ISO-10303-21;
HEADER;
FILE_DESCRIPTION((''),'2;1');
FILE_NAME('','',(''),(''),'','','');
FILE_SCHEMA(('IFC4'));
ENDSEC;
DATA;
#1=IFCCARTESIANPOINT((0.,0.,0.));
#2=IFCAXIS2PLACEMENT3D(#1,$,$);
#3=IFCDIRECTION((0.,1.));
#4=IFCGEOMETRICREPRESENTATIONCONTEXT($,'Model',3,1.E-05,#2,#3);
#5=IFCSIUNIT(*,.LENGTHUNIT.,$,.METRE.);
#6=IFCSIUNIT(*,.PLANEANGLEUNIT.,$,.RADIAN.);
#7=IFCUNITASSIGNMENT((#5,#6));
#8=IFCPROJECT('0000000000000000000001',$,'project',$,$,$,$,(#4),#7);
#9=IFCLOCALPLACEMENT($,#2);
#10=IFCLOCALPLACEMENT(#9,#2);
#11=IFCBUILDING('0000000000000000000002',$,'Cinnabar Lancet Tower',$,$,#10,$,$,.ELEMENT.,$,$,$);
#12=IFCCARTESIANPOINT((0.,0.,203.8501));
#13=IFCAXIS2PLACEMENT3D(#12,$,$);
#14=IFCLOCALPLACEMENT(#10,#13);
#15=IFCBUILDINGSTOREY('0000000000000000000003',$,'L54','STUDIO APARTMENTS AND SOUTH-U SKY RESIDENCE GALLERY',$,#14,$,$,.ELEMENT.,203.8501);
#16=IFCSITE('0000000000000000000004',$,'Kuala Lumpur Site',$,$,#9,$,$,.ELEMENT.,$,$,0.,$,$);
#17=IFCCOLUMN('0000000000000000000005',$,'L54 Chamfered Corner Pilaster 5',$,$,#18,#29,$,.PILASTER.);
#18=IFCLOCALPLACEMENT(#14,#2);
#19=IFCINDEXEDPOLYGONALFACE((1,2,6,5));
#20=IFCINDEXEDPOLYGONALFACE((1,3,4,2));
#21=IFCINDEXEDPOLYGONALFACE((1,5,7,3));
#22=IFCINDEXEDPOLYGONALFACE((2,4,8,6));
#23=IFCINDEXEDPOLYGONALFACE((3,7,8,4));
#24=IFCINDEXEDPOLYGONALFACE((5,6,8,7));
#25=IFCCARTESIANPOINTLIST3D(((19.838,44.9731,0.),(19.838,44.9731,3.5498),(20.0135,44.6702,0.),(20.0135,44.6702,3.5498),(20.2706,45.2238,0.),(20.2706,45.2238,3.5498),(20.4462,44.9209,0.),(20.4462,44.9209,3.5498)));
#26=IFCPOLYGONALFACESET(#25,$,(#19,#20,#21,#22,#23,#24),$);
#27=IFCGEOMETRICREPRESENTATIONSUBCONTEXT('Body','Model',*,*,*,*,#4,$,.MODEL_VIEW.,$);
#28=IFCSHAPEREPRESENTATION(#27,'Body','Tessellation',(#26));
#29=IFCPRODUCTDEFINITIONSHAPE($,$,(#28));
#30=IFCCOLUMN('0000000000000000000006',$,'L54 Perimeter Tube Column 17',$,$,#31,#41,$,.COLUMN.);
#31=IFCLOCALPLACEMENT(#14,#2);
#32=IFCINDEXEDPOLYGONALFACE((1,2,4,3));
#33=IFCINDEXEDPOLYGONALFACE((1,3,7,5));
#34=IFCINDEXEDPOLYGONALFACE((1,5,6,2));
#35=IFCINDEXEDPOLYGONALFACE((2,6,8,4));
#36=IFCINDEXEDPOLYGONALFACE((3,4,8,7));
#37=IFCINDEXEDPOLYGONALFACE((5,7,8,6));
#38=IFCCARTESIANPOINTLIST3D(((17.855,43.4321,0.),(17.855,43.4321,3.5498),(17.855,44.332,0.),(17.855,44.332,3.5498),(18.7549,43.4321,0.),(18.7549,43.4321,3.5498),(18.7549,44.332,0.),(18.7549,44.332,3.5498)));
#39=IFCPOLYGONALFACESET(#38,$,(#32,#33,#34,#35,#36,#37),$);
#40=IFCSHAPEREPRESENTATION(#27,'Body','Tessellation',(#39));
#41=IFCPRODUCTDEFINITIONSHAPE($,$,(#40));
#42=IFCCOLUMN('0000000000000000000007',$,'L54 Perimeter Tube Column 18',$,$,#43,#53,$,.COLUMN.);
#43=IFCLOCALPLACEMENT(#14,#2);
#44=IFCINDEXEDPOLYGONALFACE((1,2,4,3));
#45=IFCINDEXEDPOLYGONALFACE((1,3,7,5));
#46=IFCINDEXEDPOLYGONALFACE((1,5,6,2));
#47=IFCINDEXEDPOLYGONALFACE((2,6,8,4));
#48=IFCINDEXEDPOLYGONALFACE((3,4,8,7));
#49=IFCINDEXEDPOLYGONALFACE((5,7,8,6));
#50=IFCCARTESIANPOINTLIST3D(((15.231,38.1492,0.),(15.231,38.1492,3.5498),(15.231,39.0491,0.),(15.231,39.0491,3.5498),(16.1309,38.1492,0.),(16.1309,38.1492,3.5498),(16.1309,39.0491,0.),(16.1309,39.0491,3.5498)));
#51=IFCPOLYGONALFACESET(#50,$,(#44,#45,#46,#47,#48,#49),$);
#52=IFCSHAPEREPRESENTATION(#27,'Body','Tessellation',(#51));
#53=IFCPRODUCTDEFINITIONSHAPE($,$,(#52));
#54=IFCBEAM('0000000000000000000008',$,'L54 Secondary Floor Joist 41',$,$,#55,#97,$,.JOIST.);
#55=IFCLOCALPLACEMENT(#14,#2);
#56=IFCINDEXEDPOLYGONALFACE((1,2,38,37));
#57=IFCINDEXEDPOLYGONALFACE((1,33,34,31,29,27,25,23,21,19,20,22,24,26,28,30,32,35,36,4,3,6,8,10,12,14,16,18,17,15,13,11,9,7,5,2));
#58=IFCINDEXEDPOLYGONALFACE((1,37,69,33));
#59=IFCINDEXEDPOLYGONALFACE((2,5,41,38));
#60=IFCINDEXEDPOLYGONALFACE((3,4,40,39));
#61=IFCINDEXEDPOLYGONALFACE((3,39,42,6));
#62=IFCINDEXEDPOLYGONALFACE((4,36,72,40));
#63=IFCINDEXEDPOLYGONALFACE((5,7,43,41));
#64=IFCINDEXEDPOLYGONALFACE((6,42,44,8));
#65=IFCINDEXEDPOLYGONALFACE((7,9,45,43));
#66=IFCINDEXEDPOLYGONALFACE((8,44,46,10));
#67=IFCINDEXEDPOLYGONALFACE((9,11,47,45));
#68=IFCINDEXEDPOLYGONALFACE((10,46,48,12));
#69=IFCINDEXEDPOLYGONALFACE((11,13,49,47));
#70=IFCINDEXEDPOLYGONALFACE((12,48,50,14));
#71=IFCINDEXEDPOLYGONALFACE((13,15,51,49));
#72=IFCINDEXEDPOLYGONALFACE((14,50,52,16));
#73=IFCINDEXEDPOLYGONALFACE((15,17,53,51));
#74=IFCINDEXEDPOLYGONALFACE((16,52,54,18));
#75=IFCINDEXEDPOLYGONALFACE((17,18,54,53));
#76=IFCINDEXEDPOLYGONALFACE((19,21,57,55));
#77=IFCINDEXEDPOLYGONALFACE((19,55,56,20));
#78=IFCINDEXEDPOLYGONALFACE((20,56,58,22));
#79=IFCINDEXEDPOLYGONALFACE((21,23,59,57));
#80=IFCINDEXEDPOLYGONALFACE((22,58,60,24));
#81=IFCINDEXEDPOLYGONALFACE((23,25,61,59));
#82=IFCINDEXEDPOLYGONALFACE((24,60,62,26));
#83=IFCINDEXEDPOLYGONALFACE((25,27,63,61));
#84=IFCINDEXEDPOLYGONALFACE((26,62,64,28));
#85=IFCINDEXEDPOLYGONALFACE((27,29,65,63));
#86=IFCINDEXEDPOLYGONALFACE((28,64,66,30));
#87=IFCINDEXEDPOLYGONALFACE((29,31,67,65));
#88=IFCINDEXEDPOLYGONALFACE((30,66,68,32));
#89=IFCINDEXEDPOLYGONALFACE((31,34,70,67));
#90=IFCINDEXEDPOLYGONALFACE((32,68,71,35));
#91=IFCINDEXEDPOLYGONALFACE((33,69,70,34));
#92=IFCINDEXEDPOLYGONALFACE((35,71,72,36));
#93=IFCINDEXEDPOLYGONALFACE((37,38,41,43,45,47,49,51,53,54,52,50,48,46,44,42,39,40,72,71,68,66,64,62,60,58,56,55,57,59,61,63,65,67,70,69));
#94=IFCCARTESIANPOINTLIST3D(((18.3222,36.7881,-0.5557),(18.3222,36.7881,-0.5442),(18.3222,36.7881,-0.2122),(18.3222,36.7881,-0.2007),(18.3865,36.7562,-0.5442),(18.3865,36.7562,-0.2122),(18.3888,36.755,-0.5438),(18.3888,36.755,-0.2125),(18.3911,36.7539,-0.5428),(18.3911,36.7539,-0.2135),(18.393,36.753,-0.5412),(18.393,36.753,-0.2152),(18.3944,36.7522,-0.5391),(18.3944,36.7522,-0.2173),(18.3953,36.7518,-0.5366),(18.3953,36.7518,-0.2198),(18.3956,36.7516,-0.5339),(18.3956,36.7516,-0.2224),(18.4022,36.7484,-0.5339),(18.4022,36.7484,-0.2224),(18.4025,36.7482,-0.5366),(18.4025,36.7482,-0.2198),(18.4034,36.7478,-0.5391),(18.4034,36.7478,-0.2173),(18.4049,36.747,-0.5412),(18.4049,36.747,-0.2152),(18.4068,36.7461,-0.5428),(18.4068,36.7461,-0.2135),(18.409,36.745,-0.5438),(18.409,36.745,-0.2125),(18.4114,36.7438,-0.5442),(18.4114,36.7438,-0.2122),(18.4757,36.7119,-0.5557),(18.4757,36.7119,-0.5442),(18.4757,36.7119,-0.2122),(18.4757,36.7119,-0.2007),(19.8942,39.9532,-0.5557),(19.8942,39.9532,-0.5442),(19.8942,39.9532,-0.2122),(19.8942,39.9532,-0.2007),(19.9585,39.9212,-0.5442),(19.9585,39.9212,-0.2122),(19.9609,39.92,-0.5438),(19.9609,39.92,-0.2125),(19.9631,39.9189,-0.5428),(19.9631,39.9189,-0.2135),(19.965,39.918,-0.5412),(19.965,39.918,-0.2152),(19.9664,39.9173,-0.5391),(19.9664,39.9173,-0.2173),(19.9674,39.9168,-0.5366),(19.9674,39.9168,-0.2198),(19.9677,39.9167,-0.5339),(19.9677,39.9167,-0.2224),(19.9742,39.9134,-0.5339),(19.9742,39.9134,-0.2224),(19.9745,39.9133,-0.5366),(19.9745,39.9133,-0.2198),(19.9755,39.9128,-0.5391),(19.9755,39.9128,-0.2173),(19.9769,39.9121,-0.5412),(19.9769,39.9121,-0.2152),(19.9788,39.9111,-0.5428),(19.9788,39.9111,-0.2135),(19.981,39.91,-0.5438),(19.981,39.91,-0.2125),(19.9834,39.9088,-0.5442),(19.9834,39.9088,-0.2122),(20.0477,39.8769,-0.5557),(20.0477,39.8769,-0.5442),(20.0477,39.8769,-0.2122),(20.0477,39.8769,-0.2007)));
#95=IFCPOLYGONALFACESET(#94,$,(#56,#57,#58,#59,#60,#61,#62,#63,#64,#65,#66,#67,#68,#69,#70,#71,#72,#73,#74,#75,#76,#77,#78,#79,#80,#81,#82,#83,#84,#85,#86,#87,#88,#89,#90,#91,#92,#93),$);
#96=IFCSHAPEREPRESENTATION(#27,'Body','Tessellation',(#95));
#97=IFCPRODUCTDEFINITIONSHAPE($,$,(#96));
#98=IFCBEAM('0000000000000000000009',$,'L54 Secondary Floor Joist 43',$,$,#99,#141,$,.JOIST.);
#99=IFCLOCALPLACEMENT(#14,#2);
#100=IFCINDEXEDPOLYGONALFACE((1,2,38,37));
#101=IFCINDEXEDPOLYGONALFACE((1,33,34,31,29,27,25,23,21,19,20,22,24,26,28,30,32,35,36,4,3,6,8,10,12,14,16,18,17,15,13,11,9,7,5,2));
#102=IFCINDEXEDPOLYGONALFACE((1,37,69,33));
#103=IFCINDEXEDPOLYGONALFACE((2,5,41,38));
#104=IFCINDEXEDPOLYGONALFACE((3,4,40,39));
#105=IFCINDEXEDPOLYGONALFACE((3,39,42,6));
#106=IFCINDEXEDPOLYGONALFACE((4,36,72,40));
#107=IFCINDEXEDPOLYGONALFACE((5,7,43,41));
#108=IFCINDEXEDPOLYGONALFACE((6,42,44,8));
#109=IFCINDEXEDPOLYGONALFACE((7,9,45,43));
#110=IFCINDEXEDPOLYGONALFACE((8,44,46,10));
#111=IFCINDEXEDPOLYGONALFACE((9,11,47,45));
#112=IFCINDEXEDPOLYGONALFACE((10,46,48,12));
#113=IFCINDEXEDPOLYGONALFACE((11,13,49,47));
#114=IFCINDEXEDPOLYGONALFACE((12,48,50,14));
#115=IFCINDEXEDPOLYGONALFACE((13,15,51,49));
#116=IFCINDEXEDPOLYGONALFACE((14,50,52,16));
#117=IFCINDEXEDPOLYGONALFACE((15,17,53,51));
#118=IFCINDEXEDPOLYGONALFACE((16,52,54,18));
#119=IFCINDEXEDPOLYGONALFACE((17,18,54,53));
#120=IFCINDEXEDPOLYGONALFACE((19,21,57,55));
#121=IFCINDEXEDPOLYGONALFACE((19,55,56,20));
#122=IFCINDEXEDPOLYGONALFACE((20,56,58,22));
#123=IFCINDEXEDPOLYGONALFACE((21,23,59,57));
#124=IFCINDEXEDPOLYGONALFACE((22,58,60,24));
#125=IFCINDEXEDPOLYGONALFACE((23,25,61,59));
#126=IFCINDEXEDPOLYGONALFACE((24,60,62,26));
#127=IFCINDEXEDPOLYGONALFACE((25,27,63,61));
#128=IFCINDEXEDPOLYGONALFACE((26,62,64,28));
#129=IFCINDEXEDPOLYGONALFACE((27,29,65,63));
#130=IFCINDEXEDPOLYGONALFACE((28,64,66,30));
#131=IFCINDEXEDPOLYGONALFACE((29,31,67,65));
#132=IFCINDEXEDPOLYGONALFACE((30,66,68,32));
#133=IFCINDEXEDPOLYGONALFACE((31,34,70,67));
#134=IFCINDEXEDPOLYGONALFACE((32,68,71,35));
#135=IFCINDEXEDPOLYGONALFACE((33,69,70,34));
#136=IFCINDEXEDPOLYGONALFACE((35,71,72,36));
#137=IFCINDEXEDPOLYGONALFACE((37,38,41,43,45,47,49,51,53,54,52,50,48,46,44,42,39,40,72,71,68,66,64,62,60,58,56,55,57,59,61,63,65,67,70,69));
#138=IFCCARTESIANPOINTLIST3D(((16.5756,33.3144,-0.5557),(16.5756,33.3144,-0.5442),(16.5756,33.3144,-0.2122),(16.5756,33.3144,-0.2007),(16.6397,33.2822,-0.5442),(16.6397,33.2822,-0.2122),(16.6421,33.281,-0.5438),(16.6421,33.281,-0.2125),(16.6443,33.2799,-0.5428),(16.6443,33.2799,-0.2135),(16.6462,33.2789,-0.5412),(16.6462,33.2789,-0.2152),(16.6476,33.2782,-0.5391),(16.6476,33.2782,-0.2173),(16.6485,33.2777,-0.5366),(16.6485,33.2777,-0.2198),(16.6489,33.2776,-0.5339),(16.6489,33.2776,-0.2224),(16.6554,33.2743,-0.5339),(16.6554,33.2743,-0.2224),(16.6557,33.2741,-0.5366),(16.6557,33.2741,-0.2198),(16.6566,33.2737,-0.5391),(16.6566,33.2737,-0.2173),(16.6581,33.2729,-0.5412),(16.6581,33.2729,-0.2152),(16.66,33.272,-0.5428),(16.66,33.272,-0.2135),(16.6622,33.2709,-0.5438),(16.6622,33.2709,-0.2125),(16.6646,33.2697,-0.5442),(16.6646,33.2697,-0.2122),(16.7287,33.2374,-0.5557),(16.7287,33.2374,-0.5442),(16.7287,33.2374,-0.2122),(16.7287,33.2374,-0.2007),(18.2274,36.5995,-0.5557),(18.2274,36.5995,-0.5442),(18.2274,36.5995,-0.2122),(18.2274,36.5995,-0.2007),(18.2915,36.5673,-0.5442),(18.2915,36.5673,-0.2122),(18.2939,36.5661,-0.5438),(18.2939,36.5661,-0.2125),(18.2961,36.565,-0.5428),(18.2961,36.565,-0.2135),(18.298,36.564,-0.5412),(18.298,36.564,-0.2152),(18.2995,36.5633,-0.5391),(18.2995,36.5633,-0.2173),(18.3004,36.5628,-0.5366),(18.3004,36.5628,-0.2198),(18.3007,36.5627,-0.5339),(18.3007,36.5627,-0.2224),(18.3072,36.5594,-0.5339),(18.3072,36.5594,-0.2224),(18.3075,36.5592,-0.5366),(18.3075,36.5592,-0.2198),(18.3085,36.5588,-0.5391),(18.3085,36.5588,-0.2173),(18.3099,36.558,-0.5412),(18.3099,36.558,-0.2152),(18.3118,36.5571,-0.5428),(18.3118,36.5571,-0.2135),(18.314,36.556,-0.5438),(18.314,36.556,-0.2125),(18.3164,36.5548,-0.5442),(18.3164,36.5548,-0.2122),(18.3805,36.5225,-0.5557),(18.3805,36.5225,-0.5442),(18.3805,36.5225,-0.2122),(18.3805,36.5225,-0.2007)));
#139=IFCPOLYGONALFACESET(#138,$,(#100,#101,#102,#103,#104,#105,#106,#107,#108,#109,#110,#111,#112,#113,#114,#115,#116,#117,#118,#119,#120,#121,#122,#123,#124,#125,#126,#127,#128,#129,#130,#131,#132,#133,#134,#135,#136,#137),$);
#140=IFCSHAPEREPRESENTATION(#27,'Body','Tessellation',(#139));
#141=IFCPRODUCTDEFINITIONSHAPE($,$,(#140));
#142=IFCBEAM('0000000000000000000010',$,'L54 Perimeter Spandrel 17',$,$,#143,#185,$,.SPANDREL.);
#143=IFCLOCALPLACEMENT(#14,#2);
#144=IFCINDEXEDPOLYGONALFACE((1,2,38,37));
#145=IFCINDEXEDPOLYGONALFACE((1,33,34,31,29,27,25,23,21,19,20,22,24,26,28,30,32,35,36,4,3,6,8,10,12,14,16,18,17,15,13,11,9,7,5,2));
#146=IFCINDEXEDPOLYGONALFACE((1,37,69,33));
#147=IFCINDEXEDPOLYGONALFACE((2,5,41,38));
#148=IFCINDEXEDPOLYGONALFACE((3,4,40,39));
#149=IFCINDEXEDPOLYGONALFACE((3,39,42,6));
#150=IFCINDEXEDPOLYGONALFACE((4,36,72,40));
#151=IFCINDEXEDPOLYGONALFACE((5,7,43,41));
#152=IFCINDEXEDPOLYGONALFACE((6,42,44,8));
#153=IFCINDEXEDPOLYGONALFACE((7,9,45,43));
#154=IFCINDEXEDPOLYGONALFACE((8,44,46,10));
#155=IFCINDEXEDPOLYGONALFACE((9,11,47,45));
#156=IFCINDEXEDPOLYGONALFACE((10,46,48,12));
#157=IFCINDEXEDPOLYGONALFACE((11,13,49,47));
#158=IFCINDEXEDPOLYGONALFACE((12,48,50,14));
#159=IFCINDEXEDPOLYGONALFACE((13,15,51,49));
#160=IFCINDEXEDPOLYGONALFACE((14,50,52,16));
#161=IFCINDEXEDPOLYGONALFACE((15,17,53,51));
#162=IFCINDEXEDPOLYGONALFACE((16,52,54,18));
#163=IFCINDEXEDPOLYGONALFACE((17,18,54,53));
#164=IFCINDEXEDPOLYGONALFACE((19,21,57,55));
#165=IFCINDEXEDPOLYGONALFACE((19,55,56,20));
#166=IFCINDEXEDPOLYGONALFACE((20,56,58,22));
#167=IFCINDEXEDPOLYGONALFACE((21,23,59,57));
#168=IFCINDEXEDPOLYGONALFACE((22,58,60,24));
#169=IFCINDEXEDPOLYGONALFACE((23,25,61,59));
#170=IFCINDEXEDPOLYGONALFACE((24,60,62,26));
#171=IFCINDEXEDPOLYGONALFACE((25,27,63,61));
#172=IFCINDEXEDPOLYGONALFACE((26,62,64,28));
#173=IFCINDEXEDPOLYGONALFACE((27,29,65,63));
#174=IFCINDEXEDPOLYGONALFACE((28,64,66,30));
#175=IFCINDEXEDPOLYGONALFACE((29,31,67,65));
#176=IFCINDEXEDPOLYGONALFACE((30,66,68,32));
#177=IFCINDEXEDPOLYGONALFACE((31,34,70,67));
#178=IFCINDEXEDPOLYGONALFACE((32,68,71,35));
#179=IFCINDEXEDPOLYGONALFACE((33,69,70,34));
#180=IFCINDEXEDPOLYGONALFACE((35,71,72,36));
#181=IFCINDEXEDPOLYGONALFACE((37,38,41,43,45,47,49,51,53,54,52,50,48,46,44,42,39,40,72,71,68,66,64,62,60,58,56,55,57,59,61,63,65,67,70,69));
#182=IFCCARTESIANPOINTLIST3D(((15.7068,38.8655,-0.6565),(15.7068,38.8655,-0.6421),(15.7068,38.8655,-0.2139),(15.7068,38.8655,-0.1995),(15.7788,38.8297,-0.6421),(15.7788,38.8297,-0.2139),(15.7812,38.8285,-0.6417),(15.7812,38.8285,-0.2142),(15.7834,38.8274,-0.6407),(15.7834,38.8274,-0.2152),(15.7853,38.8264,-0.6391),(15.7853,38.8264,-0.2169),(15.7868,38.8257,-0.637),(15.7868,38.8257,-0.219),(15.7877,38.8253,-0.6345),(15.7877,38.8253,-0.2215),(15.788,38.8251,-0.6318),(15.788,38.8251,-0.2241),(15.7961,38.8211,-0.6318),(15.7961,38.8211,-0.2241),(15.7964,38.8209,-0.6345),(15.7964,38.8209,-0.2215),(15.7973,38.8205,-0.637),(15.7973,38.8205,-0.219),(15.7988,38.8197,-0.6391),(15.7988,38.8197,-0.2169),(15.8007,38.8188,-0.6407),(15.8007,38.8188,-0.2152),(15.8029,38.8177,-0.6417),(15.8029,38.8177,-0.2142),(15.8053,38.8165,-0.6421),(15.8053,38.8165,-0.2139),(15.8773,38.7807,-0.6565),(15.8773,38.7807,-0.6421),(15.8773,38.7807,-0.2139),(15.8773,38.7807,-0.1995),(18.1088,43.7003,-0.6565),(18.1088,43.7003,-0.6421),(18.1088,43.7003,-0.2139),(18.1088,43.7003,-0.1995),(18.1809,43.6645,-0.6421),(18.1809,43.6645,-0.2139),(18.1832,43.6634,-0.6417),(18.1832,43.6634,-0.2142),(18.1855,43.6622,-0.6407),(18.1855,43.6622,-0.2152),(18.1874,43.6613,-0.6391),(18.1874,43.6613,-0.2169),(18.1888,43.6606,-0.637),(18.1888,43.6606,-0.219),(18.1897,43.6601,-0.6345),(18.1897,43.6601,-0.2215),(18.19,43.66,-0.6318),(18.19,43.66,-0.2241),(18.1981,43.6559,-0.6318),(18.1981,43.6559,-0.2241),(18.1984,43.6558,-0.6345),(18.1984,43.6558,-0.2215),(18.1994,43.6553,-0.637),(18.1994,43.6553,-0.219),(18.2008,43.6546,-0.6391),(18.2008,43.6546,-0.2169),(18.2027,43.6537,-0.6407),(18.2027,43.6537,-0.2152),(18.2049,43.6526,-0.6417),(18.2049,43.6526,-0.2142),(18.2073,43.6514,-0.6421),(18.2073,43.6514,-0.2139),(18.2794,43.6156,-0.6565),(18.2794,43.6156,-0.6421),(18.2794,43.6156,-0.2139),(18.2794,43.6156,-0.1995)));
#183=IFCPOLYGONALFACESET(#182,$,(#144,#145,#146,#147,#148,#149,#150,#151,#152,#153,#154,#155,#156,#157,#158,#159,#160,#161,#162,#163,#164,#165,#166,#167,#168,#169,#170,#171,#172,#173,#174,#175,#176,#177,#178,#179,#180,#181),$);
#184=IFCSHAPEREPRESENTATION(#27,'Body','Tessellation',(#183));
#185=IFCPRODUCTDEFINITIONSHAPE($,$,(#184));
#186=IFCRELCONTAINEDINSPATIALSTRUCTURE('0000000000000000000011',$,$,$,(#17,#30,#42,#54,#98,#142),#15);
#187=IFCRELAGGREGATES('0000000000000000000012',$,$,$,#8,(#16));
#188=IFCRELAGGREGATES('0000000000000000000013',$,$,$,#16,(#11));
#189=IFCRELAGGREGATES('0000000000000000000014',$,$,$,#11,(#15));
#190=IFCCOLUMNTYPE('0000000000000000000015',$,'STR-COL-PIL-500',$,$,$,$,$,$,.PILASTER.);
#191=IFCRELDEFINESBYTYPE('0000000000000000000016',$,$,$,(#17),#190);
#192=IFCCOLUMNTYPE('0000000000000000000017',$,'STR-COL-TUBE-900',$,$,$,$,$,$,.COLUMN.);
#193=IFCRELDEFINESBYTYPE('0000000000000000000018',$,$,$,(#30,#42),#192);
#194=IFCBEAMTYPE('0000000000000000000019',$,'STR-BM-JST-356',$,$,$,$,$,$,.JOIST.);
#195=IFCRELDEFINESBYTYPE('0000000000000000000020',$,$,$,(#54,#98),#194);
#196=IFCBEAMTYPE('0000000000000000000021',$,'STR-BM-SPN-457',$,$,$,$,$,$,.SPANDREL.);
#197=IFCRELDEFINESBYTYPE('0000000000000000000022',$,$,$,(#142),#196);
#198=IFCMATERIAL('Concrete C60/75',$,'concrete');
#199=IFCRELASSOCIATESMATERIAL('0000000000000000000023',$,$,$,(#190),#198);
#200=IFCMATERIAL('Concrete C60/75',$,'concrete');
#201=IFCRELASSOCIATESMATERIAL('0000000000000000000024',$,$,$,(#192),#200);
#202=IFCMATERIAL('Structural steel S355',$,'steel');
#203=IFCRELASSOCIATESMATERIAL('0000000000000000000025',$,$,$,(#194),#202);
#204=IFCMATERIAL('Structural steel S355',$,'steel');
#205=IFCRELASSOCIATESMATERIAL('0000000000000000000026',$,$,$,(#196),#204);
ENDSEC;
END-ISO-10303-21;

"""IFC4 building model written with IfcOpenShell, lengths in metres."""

from ifc_helpers import new_model, si_unit, direction, frame, origin, origin_2d, place, context, subcontext, project, spatial, rectangle, i_section, extrude, material, material_profile, profile_set, type_object, element, save


model = new_model("IFC4")

# Units and contexts
model_context = context("Model", 3, precision=1e-05, world=origin(), true_north=direction((0.0, 1.0)))
body_context = subcontext(model_context, "Body", "Model", "MODEL_VIEW")
ifc_project = project(units=[si_unit("LENGTHUNIT", "METRE"), si_unit("PLANEANGLEUNIT", "RADIAN")], contexts=[model_context])

# Site, building, storey
site_placement = place(None, origin())
site = spatial("IfcSite", under=ifc_project, at=site_placement, Name="Kuala Lumpur Site", CompositionType="ELEMENT", RefElevation=0.0)
building_placement = place(site_placement, origin())
building = spatial("IfcBuilding", under=site, at=building_placement, Name="Cinnabar Lancet Tower", CompositionType="ELEMENT")
storey_placement = place(building_placement, frame((0.0, 0.0, 203.8501)))
storey = spatial("IfcBuildingStorey", under=building, at=storey_placement, Name="L54", Description="STUDIO APARTMENTS AND SOUTH-U SKY RESIDENCE GALLERY", CompositionType="ELEMENT", Elevation=203.8501)

# Columns
ifc_material_1 = material(Name="Concrete C60/75", Category="concrete")
ifc_material_profile_1 = material_profile(ifc_material_1, rectangle(XDim=0.5, YDim=0.3501, at=origin_2d()), Name="RC-PIL 500x350")
ifc_profile_set_1 = profile_set([ifc_material_profile_1], Name="Concrete C60/75")
column_type_1 = type_object("IfcColumnType", Name="STR-COL-PIL-500", PredefinedType="PILASTER", material=ifc_profile_set_1)
column_placement = place(storey_placement, frame((20.1421, 44.947, 0.0), z_axis=(0.0, 0.0, 1.0), x_axis=(-0.86523, -0.501375, 0.0)))
element("IfcColumn", 1, at=column_placement, inside=storey, type_object=column_type_1, Name="L54 Chamfered Corner Pilaster 5", PredefinedType="PILASTER", context=body_context, shape_type="SweptSolid", body=[
    extrude(rectangle(XDim=0.5, YDim=0.3501, at=origin_2d()), origin(), (0.0, 0.0, 1.0), 3.5498),
])
ifc_material_2 = material(Name="Concrete C60/75", Category="concrete")
ifc_material_profile_2 = material_profile(ifc_material_2, rectangle(XDim=0.8999, YDim=0.8999, at=origin_2d()), Name="RC-COL 900x900")
ifc_profile_set_2 = profile_set([ifc_material_profile_2], Name="Concrete C60/75")
column_type_2 = type_object("IfcColumnType", Name="STR-COL-TUBE-900", PredefinedType="COLUMN", material=ifc_profile_set_2)
for number, where, z_axis, x_axis, name in (
    (2, (18.3049, 43.8821, 0.0), (0.0, 0.0, 1.0), (1.0, 0.0, 0.0), "L54 Perimeter Tube Column 17"),
    (3, (15.6809, 38.5991, 0.0), (0.0, 0.0, 1.0), (1.0, 0.0, 0.0), "L54 Perimeter Tube Column 18"),
):
    element("IfcColumn", number, at=place(storey_placement, frame(where, z_axis=z_axis, x_axis=x_axis)), inside=storey, type_object=column_type_2, Name=name, PredefinedType="COLUMN", context=body_context, shape_type="SweptSolid", body=[
        extrude(rectangle(XDim=0.8999, YDim=0.8999, at=origin_2d()), origin(), (0.0, 0.0, 1.0), 3.5498),
    ])

# Beams
ifc_material_3 = material(Name="Structural steel S355", Category="steel")
ifc_material_profile_3 = material_profile(ifc_material_3, i_section(OverallWidth=0.1714, OverallDepth=0.355, WebThickness=0.0073, FlangeThickness=0.0115, FilletRadius=0.0103, at=origin_2d()), Name="UKB 356x171x51")
ifc_profile_set_3 = profile_set([ifc_material_profile_3], Name="Structural steel S355")
beam_type_1 = type_object("IfcBeamType", Name="STR-BM-JST-356", PredefinedType="JOIST", material=ifc_profile_set_3)
beam_1_placement = place(storey_placement, frame((19.9709, 39.915, -0.3782), z_axis=(-0.444836, -0.895612, 0.0), x_axis=(0.895612, -0.444836, 0.0)))
element("IfcBeam", 4, at=beam_1_placement, inside=storey, type_object=beam_type_1, Name="L54 Secondary Floor Joist 41", PredefinedType="JOIST", context=body_context, shape_type="SweptSolid", body=[
    extrude(i_section(OverallWidth=0.1714, OverallDepth=0.355, WebThickness=0.0073, FlangeThickness=0.0115, FilletRadius=0.0103, at=origin_2d()), origin(), (0.0, 0.0, 1.0), 3.5339),
])
beam_2_placement = place(storey_placement, frame((18.304, 36.561, -0.3782), z_axis=(-0.449231, -0.893416, 0.0), x_axis=(0.893416, -0.449231, 0.0)))
element("IfcBeam", 5, at=beam_2_placement, inside=storey, type_object=beam_type_1, Name="L54 Secondary Floor Joist 43", PredefinedType="JOIST", context=body_context, shape_type="SweptSolid", body=[
    extrude(i_section(OverallWidth=0.1714, OverallDepth=0.355, WebThickness=0.0073, FlangeThickness=0.0115, FilletRadius=0.0103, at=origin_2d()), origin(), (0.0, 0.0, 1.0), 3.677),
])
ifc_material_4 = material(Name="Structural steel S355", Category="steel")
ifc_material_profile_4 = material_profile(ifc_material_4, i_section(OverallWidth=0.1904, OverallDepth=0.457, WebThickness=0.009, FlangeThickness=0.0144, FilletRadius=0.0103, at=origin_2d()), Name="UKB 457x191x74")
ifc_profile_set_4 = profile_set([ifc_material_profile_4], Name="Structural steel S355")
beam_type_2 = type_object("IfcBeamType", Name="STR-BM-SPN-457", PredefinedType="SPANDREL", material=ifc_profile_set_4)
beam_3_placement = place(storey_placement, frame((18.1941, 43.658, -0.428), z_axis=(-0.444933, -0.895564, 0.0), x_axis=(0.895564, -0.444933, 0.0)))
element("IfcBeam", 6, at=beam_3_placement, inside=storey, type_object=beam_type_2, Name="L54 Perimeter Spandrel 17", PredefinedType="SPANDREL", context=body_context, shape_type="SweptSolid", body=[
    extrude(i_section(OverallWidth=0.1904, OverallDepth=0.457, WebThickness=0.009, FlangeThickness=0.0144, FilletRadius=0.0103, at=origin_2d()), origin(), (0.0, 0.0, 1.0), 5.3987),
])

save(model, "model.ifc")
